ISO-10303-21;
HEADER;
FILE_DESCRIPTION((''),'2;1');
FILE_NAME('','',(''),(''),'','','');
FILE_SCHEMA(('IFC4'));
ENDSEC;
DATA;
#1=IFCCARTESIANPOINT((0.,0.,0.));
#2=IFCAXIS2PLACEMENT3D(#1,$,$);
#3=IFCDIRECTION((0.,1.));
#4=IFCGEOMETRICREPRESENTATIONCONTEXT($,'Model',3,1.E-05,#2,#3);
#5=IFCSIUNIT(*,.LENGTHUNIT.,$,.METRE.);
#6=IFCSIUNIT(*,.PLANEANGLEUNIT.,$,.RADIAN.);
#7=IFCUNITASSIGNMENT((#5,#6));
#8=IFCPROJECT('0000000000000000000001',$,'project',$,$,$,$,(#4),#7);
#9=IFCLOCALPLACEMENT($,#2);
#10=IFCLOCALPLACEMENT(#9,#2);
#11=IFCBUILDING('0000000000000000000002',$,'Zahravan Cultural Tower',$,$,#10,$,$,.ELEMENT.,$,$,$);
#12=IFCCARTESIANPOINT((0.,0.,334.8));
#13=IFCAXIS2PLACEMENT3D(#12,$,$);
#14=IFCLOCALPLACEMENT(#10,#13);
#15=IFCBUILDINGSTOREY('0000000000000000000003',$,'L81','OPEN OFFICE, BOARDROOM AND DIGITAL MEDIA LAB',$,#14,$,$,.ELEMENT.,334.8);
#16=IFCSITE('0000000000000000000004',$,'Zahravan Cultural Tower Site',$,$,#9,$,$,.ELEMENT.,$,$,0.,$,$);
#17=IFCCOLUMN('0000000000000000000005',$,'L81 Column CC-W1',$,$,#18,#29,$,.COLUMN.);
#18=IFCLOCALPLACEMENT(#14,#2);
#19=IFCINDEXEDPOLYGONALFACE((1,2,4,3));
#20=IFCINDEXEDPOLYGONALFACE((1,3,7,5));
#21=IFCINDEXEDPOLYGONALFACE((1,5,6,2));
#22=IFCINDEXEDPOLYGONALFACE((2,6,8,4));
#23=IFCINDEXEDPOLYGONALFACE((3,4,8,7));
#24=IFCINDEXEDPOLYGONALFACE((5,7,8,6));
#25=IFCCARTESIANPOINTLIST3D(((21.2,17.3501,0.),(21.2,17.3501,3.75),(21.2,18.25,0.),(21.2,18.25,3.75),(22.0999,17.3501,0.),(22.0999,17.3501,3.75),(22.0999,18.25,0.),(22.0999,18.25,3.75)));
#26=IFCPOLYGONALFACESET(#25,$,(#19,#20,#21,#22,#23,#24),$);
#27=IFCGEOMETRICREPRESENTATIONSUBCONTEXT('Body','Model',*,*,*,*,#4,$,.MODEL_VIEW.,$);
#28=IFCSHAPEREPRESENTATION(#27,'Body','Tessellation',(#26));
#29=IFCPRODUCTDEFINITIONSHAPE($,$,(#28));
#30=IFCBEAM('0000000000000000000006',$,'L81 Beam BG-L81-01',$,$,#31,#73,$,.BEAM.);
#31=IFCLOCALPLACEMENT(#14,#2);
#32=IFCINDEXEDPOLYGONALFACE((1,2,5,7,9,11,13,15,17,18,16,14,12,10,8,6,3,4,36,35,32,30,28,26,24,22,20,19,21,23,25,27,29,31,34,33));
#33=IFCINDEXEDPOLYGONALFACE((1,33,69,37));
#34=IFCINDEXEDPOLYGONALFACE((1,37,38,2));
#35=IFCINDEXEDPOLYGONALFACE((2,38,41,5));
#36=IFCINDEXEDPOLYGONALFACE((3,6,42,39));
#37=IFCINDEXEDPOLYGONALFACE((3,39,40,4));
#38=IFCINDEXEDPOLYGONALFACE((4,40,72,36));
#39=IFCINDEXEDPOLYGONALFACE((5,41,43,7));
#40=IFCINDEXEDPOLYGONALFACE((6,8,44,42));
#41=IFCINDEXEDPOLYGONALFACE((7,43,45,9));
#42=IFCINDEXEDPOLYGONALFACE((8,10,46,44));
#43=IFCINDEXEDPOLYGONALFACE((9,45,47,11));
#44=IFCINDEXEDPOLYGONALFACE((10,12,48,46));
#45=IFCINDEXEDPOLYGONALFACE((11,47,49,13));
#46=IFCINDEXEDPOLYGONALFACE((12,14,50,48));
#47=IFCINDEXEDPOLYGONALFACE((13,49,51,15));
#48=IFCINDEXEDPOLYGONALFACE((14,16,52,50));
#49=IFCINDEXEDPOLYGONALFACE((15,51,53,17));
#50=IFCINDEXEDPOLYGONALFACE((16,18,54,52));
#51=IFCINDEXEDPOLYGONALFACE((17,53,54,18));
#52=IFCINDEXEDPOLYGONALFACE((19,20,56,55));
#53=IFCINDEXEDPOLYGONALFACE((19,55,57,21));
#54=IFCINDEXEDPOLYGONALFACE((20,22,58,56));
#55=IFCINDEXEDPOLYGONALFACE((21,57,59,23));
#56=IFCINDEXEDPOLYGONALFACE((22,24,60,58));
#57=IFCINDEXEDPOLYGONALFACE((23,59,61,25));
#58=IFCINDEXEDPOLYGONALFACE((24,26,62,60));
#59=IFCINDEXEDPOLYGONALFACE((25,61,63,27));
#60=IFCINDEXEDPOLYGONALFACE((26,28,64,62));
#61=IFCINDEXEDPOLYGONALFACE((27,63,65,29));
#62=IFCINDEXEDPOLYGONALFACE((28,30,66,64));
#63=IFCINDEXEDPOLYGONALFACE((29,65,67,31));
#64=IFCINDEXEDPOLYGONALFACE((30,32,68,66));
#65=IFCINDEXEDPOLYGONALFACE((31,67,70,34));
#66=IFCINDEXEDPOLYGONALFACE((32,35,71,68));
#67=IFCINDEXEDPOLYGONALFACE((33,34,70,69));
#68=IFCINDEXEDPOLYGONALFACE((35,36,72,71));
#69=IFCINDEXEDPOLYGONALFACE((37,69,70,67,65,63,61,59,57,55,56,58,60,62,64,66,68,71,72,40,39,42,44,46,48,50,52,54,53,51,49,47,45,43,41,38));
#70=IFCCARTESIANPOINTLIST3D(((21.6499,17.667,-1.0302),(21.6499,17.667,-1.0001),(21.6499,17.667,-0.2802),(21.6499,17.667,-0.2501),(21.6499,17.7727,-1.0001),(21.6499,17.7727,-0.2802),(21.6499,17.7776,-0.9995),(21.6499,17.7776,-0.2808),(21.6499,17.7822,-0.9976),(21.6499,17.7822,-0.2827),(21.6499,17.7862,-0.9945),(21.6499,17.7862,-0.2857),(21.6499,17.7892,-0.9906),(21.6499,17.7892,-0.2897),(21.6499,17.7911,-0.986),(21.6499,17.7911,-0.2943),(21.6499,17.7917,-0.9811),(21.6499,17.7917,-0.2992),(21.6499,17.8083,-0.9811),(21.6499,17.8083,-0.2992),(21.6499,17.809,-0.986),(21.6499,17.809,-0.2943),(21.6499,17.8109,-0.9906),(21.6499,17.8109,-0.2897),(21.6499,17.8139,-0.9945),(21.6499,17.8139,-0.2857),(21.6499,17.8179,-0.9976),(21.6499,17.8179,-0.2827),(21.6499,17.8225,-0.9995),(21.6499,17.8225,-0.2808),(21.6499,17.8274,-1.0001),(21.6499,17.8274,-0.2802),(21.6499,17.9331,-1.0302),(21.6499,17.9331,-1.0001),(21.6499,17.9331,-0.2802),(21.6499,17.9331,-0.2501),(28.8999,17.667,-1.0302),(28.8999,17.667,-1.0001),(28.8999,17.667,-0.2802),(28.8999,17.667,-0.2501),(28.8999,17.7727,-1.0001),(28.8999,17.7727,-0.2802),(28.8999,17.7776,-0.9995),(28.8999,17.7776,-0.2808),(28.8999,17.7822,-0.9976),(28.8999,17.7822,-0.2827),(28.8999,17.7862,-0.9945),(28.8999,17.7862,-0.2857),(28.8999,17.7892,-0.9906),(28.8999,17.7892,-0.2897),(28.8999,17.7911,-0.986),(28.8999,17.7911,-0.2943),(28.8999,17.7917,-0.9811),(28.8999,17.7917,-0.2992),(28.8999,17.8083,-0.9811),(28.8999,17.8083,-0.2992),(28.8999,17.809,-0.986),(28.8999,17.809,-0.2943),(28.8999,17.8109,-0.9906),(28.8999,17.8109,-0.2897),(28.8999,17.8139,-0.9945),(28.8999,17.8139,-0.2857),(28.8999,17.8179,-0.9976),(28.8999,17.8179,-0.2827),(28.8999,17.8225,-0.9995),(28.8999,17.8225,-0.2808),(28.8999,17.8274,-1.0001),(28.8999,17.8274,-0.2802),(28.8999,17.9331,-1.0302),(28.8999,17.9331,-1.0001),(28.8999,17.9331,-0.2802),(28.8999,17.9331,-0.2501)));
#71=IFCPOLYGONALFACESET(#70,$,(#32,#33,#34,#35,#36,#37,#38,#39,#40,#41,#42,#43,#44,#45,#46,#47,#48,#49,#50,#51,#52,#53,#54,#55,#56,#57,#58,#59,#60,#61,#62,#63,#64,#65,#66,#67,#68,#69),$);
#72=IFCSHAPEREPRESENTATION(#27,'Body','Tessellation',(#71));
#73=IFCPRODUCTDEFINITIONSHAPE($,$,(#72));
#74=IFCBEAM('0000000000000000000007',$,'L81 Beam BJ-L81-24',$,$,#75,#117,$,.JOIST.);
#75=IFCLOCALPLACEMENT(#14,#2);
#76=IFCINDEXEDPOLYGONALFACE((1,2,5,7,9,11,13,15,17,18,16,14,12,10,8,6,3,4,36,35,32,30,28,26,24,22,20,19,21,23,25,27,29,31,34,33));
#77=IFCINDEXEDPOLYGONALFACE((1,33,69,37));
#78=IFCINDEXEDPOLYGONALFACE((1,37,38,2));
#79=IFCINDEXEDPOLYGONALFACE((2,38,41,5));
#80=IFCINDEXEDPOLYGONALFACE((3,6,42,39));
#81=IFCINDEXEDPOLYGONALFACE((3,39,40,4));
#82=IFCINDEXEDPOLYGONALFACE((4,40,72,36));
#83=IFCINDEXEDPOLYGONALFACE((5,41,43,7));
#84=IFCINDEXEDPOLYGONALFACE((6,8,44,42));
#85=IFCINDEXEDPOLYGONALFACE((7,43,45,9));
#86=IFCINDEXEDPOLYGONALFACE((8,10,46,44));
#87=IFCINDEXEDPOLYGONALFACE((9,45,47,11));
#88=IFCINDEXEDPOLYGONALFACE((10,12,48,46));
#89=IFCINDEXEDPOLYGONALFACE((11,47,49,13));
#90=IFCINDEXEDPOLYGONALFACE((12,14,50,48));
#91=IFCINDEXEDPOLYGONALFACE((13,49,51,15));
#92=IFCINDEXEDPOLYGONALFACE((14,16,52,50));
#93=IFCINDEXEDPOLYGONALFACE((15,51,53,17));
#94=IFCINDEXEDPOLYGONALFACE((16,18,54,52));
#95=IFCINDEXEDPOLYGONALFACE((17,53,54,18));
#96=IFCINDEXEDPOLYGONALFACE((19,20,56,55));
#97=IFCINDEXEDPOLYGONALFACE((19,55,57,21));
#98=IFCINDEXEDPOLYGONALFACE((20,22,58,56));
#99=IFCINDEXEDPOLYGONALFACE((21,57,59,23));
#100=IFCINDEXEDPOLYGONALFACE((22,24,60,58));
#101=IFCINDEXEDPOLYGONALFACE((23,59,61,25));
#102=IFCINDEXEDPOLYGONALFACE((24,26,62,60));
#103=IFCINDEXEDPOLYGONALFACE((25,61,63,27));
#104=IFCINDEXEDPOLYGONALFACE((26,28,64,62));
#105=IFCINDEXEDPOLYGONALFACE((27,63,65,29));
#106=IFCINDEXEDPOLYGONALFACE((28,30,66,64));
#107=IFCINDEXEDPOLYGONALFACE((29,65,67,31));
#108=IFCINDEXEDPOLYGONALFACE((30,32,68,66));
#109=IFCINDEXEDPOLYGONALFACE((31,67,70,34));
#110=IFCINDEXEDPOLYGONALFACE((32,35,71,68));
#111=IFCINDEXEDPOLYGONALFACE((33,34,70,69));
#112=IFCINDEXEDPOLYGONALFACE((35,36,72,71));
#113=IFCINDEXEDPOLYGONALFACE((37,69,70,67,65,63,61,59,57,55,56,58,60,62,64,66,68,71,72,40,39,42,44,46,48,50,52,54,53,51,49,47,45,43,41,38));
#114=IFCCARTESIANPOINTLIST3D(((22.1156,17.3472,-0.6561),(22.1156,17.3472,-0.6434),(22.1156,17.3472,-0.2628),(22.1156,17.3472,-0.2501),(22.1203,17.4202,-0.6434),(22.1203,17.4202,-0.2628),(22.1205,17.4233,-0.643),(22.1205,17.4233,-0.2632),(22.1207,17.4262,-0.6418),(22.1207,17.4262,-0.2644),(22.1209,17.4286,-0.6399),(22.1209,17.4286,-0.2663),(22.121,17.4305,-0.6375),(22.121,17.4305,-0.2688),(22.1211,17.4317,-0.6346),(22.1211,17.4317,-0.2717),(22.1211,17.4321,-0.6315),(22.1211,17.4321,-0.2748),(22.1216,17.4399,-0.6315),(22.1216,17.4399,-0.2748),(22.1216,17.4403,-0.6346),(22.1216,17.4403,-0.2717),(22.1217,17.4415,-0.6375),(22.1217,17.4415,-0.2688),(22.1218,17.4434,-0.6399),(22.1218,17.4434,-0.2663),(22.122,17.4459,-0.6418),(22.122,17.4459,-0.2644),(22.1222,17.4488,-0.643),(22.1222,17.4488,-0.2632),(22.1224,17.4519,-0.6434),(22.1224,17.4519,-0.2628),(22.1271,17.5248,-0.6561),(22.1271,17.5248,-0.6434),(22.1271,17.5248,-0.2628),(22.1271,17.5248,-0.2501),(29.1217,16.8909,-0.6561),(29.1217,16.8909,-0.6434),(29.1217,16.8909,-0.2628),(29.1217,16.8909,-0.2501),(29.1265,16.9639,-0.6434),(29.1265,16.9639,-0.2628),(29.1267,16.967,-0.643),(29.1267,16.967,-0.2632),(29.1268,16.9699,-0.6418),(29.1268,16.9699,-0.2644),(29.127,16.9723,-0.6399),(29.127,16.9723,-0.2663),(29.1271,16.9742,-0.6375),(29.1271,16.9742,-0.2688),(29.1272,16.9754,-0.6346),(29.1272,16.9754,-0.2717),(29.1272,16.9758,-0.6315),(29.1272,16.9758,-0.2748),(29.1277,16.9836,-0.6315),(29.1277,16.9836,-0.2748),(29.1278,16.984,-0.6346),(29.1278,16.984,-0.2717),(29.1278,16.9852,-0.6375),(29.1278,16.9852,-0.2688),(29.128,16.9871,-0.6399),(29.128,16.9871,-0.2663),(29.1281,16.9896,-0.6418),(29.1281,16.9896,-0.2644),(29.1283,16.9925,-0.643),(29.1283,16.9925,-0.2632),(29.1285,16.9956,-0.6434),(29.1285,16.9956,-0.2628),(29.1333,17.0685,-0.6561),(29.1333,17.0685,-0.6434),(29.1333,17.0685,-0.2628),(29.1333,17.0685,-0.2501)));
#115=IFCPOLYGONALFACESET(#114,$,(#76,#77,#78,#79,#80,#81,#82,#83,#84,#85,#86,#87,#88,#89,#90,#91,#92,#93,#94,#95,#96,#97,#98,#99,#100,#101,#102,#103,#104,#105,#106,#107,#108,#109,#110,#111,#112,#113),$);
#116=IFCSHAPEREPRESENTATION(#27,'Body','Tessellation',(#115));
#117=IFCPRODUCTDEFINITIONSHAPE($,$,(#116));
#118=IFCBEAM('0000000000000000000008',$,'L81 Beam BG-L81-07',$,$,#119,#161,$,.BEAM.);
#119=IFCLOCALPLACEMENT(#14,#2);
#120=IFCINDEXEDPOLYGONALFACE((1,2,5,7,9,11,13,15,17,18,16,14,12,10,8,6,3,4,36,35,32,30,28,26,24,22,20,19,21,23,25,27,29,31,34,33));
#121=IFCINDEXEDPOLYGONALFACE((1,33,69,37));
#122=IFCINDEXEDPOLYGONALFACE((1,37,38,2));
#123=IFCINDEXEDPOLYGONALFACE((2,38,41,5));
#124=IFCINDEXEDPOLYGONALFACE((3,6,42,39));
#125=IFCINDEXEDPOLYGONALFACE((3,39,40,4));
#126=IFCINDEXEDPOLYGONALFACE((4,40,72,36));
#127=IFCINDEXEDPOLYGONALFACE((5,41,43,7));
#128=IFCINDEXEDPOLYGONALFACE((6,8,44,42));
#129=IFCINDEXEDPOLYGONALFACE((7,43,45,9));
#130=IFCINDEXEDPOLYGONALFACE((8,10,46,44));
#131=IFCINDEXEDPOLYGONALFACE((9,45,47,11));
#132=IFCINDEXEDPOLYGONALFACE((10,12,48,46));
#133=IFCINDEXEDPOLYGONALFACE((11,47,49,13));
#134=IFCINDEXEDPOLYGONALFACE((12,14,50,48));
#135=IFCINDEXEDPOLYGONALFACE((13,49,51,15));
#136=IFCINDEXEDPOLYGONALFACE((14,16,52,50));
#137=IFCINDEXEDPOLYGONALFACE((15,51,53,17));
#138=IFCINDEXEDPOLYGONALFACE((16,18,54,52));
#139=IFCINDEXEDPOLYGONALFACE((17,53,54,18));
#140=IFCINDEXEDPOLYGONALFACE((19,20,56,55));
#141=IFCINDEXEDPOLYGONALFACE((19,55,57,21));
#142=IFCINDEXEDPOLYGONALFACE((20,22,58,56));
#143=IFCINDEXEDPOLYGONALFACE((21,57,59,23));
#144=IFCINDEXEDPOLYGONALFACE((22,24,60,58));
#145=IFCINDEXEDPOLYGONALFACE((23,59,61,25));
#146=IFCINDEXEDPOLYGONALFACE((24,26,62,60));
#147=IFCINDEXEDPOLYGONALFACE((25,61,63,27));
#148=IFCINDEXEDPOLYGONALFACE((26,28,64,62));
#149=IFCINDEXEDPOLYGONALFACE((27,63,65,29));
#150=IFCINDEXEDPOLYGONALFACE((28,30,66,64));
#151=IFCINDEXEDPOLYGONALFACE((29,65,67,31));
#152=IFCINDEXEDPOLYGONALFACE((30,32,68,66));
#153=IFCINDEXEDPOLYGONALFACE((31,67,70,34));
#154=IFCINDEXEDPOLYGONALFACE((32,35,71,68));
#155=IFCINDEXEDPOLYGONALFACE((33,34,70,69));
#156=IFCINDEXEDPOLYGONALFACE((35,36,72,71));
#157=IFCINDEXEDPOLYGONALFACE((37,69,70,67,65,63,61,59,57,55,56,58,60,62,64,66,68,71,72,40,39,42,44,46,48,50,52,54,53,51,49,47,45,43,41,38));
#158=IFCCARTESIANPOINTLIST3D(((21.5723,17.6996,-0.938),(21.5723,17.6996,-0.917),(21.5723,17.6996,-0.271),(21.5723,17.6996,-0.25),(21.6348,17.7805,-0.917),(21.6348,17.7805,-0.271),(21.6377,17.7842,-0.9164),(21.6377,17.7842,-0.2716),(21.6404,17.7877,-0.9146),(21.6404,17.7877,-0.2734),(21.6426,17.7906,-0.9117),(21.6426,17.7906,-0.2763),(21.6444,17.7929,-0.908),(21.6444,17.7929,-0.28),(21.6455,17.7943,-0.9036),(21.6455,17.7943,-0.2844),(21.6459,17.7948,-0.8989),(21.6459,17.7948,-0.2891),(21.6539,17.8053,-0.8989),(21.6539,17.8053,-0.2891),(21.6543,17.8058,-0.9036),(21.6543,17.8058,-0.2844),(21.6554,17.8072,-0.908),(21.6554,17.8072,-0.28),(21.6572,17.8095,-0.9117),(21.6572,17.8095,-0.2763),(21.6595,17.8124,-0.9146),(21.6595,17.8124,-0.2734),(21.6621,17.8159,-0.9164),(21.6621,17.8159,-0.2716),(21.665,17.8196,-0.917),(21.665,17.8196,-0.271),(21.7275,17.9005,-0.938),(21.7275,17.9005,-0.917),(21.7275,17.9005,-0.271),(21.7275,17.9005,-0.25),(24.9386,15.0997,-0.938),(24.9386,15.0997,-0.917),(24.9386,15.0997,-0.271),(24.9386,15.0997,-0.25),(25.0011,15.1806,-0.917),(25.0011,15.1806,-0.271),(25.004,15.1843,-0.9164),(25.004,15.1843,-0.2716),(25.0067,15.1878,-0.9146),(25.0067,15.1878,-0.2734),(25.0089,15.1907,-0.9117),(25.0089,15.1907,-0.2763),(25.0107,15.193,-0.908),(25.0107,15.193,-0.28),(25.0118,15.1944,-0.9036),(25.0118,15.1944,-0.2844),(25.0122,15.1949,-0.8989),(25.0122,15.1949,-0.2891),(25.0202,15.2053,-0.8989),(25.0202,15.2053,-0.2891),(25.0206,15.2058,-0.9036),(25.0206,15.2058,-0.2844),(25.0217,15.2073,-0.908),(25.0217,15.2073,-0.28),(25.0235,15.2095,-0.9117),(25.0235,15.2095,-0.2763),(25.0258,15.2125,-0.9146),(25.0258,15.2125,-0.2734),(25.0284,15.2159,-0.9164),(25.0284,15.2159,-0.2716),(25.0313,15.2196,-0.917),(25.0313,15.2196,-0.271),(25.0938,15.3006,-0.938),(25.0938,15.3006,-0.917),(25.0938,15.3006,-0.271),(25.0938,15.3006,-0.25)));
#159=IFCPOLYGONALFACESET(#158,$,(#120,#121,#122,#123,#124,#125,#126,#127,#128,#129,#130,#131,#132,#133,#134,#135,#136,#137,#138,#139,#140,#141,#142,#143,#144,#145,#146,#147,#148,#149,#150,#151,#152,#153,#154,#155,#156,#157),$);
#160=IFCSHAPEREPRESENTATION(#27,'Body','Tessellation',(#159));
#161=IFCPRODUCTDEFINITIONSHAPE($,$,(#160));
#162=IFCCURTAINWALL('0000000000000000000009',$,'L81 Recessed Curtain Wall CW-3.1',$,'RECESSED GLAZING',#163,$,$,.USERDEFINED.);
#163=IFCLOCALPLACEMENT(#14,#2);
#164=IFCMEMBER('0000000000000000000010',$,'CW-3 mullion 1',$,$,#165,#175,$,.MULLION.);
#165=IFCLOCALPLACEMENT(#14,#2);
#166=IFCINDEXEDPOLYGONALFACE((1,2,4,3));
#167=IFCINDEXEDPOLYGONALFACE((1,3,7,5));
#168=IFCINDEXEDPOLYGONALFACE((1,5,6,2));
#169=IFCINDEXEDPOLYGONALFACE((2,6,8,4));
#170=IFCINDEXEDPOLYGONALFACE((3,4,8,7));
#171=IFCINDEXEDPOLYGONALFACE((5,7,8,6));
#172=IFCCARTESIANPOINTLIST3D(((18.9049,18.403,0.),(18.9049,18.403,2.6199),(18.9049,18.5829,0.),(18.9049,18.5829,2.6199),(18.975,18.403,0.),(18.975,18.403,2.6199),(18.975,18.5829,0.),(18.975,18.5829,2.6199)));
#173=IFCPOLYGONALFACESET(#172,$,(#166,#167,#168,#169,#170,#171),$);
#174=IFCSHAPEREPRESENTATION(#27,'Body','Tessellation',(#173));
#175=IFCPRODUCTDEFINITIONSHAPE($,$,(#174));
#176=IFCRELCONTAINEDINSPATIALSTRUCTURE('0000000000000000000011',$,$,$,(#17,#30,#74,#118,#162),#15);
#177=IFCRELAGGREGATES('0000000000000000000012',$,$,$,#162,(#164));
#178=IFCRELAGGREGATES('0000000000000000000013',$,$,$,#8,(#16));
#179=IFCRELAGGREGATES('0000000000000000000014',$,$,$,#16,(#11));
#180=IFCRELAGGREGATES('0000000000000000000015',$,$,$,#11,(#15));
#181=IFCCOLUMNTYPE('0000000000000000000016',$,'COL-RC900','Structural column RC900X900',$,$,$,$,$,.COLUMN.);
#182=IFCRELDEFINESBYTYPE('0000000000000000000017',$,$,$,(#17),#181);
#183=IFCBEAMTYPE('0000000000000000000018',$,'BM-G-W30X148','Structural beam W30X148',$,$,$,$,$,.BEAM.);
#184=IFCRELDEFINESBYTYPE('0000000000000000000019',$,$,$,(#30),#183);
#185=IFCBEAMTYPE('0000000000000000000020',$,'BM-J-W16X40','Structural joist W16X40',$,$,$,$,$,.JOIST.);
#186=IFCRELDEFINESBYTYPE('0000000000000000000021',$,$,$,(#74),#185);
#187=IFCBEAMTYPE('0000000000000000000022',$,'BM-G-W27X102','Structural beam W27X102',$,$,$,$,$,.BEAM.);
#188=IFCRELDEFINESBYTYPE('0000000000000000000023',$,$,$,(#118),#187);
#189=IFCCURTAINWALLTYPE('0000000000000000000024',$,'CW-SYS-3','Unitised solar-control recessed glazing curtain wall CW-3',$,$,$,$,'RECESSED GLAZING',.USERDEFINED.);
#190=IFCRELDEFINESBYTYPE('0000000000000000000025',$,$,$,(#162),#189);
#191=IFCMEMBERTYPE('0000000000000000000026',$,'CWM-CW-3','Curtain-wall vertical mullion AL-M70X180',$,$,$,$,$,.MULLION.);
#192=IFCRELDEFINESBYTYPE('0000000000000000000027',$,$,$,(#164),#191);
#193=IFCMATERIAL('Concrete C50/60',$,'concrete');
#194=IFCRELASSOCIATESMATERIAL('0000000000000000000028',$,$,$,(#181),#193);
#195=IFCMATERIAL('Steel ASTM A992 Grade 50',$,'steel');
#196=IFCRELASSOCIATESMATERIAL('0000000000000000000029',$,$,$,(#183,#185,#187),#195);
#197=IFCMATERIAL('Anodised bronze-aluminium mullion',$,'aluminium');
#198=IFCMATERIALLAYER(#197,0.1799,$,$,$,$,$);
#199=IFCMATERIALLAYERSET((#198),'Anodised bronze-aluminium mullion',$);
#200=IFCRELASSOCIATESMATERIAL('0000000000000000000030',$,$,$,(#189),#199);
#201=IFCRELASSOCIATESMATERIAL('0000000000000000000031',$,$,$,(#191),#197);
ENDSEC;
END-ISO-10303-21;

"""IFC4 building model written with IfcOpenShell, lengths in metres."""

from ifc_helpers import new_model, si_unit, direction, frame, origin, origin_2d, place, context, subcontext, project, spatial, rectangle, i_section, extrude, source, transform, mapped, material, layer, layer_set, material_profile, profile_set, type_object, element, aggregate, save


model = new_model("IFC4")

# Units and contexts
model_context = context("Model", 3, precision=1e-05, world=origin(), true_north=direction((0.0, 1.0)))
body_context = subcontext(model_context, "Body", "Model", "MODEL_VIEW")
ifc_project = project(units=[si_unit("LENGTHUNIT", "METRE"), si_unit("PLANEANGLEUNIT", "RADIAN")], contexts=[model_context])

# Site, building, storey
site_placement = place(None, origin())
site = spatial("IfcSite", under=ifc_project, at=site_placement, Name="Zahravan Cultural Tower Site", CompositionType="ELEMENT", RefElevation=0.0)
building_placement = place(site_placement, origin())
building = spatial("IfcBuilding", under=site, at=building_placement, Name="Zahravan Cultural Tower", CompositionType="ELEMENT")
storey_placement = place(building_placement, frame((0.0, 0.0, 334.8)))
storey = spatial("IfcBuildingStorey", under=building, at=storey_placement, Name="L81", Description="OPEN OFFICE, BOARDROOM AND DIGITAL MEDIA LAB", CompositionType="ELEMENT", Elevation=334.8)

# Column
ifc_material_1 = material(Name="Concrete C50/60", Category="concrete")
ifc_material_profile_1 = material_profile(ifc_material_1, rectangle(XDim=0.8999, YDim=0.8999, at=origin_2d()), Name="RC900X900")
ifc_profile_set_1 = profile_set([ifc_material_profile_1], Name="Concrete C50/60")
column_type = type_object("IfcColumnType", Name="COL-RC900", Description="Structural column RC900X900", PredefinedType="COLUMN", material=ifc_profile_set_1)
shared_shape_1 = source(origin(), body_context, "Body", "SweptSolid", [
    extrude(rectangle(XDim=0.8999, YDim=0.8999, at=origin_2d()), origin(), (0.0, 0.0, 1.0), 3.75),
])
column_placement = place(storey_placement, frame((21.6499, 17.8, 0.0), z_axis=(0.0, 0.0, 1.0), x_axis=(1.0, 0.0, 0.0)))
element("IfcColumn", 1, at=column_placement, inside=storey, type_object=column_type, Name="L81 Column CC-W1", PredefinedType="COLUMN", context=body_context, shape_type="MappedRepresentation", body=[
    mapped(shared_shape_1, transform((0.0, 0.0, 0.0), x_axis=(1.0, 0.0, 0.0), y_axis=(0.0, 1.0, 0.0), z_axis=(0.0, 0.0, 1.0), scale=1.0)),
])

# Beams
ifc_material_2 = material(Name="Steel ASTM A992 Grade 50", Category="steel")
ifc_material_profile_2 = material_profile(ifc_material_2, i_section(OverallWidth=0.2661, OverallDepth=0.78, WebThickness=0.0166, FlangeThickness=0.03, FilletRadius=0.019, at=origin_2d()), Name="W30X148")
ifc_profile_set_2 = profile_set([ifc_material_profile_2], Name="Steel ASTM A992 Grade 50")
beam_type_1 = type_object("IfcBeamType", Name="BM-G-W30X148", Description="Structural beam W30X148", PredefinedType="BEAM", material=ifc_profile_set_2)
shared_shape_2 = source(origin(), body_context, "Body", "SweptSolid", [
    extrude(i_section(OverallWidth=0.2661, OverallDepth=0.78, WebThickness=0.0166, FlangeThickness=0.03, FilletRadius=0.019, at=origin_2d()), origin(), (0.0, 0.0, 1.0), 7.25),
])
beam_1_placement = place(storey_placement, frame((21.6499, 17.8, -0.6401), z_axis=(1.0, 0.0, 0.0), x_axis=(0.0, 1.0, 0.0)))
element("IfcBeam", 2, at=beam_1_placement, inside=storey, type_object=beam_type_1, Name="L81 Beam BG-L81-01", PredefinedType="BEAM", context=body_context, shape_type="MappedRepresentation", body=[
    mapped(shared_shape_2, transform((0.0, 0.0, 0.0), x_axis=(1.0, 0.0, 0.0), y_axis=(0.0, 1.0, 0.0), z_axis=(0.0, 0.0, 1.0), scale=1.0)),
])
ifc_material_profile_3 = material_profile(ifc_material_2, i_section(OverallWidth=0.178, OverallDepth=0.406, WebThickness=0.0078, FlangeThickness=0.0127, FilletRadius=0.012, at=origin_2d()), Name="W16X40")
ifc_profile_set_3 = profile_set([ifc_material_profile_3], Name="Steel ASTM A992 Grade 50")
beam_type_2 = type_object("IfcBeamType", Name="BM-J-W16X40", Description="Structural joist W16X40", PredefinedType="JOIST", material=ifc_profile_set_3)
shared_shape_3 = source(origin(), body_context, "Body", "SweptSolid", [
    extrude(i_section(OverallWidth=0.178, OverallDepth=0.406, WebThickness=0.0078, FlangeThickness=0.0127, FilletRadius=0.012, at=origin_2d()), origin(), (0.0, 0.0, 1.0), 7.021),
])
beam_2_placement = place(storey_placement, frame((22.1213, 17.436, -0.4531), z_axis=(0.997886, -0.064991, 0.0), x_axis=(0.064991, 0.997886, 0.0)))
element("IfcBeam", 3, at=beam_2_placement, inside=storey, type_object=beam_type_2, Name="L81 Beam BJ-L81-24", PredefinedType="JOIST", context=body_context, shape_type="MappedRepresentation", body=[
    mapped(shared_shape_3, transform((0.0, 0.0, 0.0), x_axis=(1.0, 0.0, 0.0), y_axis=(0.0, 1.0, 0.0), z_axis=(0.0, 0.0, 1.0), scale=1.0)),
])
ifc_material_profile_4 = material_profile(ifc_material_2, i_section(OverallWidth=0.2539, OverallDepth=0.688, WebThickness=0.0132, FlangeThickness=0.021, FilletRadius=0.0181, at=origin_2d()), Name="W27X102")
ifc_profile_set_4 = profile_set([ifc_material_profile_4], Name="Steel ASTM A992 Grade 50")
beam_type_3 = type_object("IfcBeamType", Name="BM-G-W27X102", Description="Structural beam W27X102", PredefinedType="BEAM", material=ifc_profile_set_4)
shared_shape_4 = source(origin(), body_context, "Body", "SweptSolid", [
    extrude(i_section(OverallWidth=0.2539, OverallDepth=0.688, WebThickness=0.0132, FlangeThickness=0.021, FilletRadius=0.0181, at=origin_2d()), origin(), (0.0, 0.0, 1.0), 4.2534),
])
beam_3_placement = place(storey_placement, frame((21.6499, 17.8, -0.594), z_axis=(0.791434, -0.611255, 0.0), x_axis=(0.611255, 0.791434, 0.0)))
element("IfcBeam", 4, at=beam_3_placement, inside=storey, type_object=beam_type_3, Name="L81 Beam BG-L81-07", PredefinedType="BEAM", context=body_context, shape_type="MappedRepresentation", body=[
    mapped(shared_shape_4, transform((0.0, 0.0, 0.0), x_axis=(1.0, 0.0, 0.0), y_axis=(0.0, 1.0, 0.0), z_axis=(0.0, 0.0, 1.0), scale=1.0)),
])

# Curtain wall, member
ifc_material_3 = material(Name="Anodised bronze-aluminium mullion", Category="aluminium")
ifc_layer_1 = layer(ifc_material_3, 0.1799)
ifc_layer_set_1 = layer_set([ifc_layer_1], Name="Anodised bronze-aluminium mullion")
curtain_wall_type = type_object("IfcCurtainWallType", Name="CW-SYS-3", Description="Unitised solar-control recessed glazing curtain wall CW-3", ElementType="RECESSED GLAZING", PredefinedType="USERDEFINED", material=ifc_layer_set_1)
curtain_wall_placement = place(storey_placement, origin())
curtain_wall = element("IfcCurtainWall", 5, at=curtain_wall_placement, inside=storey, type_object=curtain_wall_type, Name="L81 Recessed Curtain Wall CW-3.1", ObjectType="RECESSED GLAZING", PredefinedType="USERDEFINED")
ifc_material_profile_5 = material_profile(ifc_material_3, rectangle(XDim=0.0701, YDim=0.1799, at=origin_2d()), Name="AL-M70X180")
ifc_profile_set_5 = profile_set([ifc_material_profile_5], Name="Anodised bronze-aluminium mullion")
member_type_1 = type_object("IfcMemberType", Name="CWM-CW-3", Description="Curtain-wall vertical mullion AL-M70X180", PredefinedType="MULLION", material=ifc_profile_set_5)
shared_shape_5 = source(origin(), body_context, "Body", "SweptSolid", [
    extrude(rectangle(XDim=0.0701, YDim=0.1799, at=origin_2d()), origin(), (0.0, 0.0, 1.0), 2.6199),
])
member_1_placement = place(storey_placement, frame((18.9399, 18.4929, 0.0), z_axis=(0.0, 0.0, 1.0), x_axis=(-1.0, 0.0, 0.0)))
member_1 = element("IfcMember", 6, at=member_1_placement, type_object=member_type_1, Name="CW-3 mullion 1", PredefinedType="MULLION", context=body_context, shape_type="MappedRepresentation", body=[
    mapped(shared_shape_5, transform((0.0, 0.0, 0.0), x_axis=(1.0, 0.0, 0.0), y_axis=(0.0, 1.0, 0.0), z_axis=(0.0, 0.0, 1.0), scale=1.0)),
])
aggregate(curtain_wall, [member_1])

save(model, "model.ifc")
